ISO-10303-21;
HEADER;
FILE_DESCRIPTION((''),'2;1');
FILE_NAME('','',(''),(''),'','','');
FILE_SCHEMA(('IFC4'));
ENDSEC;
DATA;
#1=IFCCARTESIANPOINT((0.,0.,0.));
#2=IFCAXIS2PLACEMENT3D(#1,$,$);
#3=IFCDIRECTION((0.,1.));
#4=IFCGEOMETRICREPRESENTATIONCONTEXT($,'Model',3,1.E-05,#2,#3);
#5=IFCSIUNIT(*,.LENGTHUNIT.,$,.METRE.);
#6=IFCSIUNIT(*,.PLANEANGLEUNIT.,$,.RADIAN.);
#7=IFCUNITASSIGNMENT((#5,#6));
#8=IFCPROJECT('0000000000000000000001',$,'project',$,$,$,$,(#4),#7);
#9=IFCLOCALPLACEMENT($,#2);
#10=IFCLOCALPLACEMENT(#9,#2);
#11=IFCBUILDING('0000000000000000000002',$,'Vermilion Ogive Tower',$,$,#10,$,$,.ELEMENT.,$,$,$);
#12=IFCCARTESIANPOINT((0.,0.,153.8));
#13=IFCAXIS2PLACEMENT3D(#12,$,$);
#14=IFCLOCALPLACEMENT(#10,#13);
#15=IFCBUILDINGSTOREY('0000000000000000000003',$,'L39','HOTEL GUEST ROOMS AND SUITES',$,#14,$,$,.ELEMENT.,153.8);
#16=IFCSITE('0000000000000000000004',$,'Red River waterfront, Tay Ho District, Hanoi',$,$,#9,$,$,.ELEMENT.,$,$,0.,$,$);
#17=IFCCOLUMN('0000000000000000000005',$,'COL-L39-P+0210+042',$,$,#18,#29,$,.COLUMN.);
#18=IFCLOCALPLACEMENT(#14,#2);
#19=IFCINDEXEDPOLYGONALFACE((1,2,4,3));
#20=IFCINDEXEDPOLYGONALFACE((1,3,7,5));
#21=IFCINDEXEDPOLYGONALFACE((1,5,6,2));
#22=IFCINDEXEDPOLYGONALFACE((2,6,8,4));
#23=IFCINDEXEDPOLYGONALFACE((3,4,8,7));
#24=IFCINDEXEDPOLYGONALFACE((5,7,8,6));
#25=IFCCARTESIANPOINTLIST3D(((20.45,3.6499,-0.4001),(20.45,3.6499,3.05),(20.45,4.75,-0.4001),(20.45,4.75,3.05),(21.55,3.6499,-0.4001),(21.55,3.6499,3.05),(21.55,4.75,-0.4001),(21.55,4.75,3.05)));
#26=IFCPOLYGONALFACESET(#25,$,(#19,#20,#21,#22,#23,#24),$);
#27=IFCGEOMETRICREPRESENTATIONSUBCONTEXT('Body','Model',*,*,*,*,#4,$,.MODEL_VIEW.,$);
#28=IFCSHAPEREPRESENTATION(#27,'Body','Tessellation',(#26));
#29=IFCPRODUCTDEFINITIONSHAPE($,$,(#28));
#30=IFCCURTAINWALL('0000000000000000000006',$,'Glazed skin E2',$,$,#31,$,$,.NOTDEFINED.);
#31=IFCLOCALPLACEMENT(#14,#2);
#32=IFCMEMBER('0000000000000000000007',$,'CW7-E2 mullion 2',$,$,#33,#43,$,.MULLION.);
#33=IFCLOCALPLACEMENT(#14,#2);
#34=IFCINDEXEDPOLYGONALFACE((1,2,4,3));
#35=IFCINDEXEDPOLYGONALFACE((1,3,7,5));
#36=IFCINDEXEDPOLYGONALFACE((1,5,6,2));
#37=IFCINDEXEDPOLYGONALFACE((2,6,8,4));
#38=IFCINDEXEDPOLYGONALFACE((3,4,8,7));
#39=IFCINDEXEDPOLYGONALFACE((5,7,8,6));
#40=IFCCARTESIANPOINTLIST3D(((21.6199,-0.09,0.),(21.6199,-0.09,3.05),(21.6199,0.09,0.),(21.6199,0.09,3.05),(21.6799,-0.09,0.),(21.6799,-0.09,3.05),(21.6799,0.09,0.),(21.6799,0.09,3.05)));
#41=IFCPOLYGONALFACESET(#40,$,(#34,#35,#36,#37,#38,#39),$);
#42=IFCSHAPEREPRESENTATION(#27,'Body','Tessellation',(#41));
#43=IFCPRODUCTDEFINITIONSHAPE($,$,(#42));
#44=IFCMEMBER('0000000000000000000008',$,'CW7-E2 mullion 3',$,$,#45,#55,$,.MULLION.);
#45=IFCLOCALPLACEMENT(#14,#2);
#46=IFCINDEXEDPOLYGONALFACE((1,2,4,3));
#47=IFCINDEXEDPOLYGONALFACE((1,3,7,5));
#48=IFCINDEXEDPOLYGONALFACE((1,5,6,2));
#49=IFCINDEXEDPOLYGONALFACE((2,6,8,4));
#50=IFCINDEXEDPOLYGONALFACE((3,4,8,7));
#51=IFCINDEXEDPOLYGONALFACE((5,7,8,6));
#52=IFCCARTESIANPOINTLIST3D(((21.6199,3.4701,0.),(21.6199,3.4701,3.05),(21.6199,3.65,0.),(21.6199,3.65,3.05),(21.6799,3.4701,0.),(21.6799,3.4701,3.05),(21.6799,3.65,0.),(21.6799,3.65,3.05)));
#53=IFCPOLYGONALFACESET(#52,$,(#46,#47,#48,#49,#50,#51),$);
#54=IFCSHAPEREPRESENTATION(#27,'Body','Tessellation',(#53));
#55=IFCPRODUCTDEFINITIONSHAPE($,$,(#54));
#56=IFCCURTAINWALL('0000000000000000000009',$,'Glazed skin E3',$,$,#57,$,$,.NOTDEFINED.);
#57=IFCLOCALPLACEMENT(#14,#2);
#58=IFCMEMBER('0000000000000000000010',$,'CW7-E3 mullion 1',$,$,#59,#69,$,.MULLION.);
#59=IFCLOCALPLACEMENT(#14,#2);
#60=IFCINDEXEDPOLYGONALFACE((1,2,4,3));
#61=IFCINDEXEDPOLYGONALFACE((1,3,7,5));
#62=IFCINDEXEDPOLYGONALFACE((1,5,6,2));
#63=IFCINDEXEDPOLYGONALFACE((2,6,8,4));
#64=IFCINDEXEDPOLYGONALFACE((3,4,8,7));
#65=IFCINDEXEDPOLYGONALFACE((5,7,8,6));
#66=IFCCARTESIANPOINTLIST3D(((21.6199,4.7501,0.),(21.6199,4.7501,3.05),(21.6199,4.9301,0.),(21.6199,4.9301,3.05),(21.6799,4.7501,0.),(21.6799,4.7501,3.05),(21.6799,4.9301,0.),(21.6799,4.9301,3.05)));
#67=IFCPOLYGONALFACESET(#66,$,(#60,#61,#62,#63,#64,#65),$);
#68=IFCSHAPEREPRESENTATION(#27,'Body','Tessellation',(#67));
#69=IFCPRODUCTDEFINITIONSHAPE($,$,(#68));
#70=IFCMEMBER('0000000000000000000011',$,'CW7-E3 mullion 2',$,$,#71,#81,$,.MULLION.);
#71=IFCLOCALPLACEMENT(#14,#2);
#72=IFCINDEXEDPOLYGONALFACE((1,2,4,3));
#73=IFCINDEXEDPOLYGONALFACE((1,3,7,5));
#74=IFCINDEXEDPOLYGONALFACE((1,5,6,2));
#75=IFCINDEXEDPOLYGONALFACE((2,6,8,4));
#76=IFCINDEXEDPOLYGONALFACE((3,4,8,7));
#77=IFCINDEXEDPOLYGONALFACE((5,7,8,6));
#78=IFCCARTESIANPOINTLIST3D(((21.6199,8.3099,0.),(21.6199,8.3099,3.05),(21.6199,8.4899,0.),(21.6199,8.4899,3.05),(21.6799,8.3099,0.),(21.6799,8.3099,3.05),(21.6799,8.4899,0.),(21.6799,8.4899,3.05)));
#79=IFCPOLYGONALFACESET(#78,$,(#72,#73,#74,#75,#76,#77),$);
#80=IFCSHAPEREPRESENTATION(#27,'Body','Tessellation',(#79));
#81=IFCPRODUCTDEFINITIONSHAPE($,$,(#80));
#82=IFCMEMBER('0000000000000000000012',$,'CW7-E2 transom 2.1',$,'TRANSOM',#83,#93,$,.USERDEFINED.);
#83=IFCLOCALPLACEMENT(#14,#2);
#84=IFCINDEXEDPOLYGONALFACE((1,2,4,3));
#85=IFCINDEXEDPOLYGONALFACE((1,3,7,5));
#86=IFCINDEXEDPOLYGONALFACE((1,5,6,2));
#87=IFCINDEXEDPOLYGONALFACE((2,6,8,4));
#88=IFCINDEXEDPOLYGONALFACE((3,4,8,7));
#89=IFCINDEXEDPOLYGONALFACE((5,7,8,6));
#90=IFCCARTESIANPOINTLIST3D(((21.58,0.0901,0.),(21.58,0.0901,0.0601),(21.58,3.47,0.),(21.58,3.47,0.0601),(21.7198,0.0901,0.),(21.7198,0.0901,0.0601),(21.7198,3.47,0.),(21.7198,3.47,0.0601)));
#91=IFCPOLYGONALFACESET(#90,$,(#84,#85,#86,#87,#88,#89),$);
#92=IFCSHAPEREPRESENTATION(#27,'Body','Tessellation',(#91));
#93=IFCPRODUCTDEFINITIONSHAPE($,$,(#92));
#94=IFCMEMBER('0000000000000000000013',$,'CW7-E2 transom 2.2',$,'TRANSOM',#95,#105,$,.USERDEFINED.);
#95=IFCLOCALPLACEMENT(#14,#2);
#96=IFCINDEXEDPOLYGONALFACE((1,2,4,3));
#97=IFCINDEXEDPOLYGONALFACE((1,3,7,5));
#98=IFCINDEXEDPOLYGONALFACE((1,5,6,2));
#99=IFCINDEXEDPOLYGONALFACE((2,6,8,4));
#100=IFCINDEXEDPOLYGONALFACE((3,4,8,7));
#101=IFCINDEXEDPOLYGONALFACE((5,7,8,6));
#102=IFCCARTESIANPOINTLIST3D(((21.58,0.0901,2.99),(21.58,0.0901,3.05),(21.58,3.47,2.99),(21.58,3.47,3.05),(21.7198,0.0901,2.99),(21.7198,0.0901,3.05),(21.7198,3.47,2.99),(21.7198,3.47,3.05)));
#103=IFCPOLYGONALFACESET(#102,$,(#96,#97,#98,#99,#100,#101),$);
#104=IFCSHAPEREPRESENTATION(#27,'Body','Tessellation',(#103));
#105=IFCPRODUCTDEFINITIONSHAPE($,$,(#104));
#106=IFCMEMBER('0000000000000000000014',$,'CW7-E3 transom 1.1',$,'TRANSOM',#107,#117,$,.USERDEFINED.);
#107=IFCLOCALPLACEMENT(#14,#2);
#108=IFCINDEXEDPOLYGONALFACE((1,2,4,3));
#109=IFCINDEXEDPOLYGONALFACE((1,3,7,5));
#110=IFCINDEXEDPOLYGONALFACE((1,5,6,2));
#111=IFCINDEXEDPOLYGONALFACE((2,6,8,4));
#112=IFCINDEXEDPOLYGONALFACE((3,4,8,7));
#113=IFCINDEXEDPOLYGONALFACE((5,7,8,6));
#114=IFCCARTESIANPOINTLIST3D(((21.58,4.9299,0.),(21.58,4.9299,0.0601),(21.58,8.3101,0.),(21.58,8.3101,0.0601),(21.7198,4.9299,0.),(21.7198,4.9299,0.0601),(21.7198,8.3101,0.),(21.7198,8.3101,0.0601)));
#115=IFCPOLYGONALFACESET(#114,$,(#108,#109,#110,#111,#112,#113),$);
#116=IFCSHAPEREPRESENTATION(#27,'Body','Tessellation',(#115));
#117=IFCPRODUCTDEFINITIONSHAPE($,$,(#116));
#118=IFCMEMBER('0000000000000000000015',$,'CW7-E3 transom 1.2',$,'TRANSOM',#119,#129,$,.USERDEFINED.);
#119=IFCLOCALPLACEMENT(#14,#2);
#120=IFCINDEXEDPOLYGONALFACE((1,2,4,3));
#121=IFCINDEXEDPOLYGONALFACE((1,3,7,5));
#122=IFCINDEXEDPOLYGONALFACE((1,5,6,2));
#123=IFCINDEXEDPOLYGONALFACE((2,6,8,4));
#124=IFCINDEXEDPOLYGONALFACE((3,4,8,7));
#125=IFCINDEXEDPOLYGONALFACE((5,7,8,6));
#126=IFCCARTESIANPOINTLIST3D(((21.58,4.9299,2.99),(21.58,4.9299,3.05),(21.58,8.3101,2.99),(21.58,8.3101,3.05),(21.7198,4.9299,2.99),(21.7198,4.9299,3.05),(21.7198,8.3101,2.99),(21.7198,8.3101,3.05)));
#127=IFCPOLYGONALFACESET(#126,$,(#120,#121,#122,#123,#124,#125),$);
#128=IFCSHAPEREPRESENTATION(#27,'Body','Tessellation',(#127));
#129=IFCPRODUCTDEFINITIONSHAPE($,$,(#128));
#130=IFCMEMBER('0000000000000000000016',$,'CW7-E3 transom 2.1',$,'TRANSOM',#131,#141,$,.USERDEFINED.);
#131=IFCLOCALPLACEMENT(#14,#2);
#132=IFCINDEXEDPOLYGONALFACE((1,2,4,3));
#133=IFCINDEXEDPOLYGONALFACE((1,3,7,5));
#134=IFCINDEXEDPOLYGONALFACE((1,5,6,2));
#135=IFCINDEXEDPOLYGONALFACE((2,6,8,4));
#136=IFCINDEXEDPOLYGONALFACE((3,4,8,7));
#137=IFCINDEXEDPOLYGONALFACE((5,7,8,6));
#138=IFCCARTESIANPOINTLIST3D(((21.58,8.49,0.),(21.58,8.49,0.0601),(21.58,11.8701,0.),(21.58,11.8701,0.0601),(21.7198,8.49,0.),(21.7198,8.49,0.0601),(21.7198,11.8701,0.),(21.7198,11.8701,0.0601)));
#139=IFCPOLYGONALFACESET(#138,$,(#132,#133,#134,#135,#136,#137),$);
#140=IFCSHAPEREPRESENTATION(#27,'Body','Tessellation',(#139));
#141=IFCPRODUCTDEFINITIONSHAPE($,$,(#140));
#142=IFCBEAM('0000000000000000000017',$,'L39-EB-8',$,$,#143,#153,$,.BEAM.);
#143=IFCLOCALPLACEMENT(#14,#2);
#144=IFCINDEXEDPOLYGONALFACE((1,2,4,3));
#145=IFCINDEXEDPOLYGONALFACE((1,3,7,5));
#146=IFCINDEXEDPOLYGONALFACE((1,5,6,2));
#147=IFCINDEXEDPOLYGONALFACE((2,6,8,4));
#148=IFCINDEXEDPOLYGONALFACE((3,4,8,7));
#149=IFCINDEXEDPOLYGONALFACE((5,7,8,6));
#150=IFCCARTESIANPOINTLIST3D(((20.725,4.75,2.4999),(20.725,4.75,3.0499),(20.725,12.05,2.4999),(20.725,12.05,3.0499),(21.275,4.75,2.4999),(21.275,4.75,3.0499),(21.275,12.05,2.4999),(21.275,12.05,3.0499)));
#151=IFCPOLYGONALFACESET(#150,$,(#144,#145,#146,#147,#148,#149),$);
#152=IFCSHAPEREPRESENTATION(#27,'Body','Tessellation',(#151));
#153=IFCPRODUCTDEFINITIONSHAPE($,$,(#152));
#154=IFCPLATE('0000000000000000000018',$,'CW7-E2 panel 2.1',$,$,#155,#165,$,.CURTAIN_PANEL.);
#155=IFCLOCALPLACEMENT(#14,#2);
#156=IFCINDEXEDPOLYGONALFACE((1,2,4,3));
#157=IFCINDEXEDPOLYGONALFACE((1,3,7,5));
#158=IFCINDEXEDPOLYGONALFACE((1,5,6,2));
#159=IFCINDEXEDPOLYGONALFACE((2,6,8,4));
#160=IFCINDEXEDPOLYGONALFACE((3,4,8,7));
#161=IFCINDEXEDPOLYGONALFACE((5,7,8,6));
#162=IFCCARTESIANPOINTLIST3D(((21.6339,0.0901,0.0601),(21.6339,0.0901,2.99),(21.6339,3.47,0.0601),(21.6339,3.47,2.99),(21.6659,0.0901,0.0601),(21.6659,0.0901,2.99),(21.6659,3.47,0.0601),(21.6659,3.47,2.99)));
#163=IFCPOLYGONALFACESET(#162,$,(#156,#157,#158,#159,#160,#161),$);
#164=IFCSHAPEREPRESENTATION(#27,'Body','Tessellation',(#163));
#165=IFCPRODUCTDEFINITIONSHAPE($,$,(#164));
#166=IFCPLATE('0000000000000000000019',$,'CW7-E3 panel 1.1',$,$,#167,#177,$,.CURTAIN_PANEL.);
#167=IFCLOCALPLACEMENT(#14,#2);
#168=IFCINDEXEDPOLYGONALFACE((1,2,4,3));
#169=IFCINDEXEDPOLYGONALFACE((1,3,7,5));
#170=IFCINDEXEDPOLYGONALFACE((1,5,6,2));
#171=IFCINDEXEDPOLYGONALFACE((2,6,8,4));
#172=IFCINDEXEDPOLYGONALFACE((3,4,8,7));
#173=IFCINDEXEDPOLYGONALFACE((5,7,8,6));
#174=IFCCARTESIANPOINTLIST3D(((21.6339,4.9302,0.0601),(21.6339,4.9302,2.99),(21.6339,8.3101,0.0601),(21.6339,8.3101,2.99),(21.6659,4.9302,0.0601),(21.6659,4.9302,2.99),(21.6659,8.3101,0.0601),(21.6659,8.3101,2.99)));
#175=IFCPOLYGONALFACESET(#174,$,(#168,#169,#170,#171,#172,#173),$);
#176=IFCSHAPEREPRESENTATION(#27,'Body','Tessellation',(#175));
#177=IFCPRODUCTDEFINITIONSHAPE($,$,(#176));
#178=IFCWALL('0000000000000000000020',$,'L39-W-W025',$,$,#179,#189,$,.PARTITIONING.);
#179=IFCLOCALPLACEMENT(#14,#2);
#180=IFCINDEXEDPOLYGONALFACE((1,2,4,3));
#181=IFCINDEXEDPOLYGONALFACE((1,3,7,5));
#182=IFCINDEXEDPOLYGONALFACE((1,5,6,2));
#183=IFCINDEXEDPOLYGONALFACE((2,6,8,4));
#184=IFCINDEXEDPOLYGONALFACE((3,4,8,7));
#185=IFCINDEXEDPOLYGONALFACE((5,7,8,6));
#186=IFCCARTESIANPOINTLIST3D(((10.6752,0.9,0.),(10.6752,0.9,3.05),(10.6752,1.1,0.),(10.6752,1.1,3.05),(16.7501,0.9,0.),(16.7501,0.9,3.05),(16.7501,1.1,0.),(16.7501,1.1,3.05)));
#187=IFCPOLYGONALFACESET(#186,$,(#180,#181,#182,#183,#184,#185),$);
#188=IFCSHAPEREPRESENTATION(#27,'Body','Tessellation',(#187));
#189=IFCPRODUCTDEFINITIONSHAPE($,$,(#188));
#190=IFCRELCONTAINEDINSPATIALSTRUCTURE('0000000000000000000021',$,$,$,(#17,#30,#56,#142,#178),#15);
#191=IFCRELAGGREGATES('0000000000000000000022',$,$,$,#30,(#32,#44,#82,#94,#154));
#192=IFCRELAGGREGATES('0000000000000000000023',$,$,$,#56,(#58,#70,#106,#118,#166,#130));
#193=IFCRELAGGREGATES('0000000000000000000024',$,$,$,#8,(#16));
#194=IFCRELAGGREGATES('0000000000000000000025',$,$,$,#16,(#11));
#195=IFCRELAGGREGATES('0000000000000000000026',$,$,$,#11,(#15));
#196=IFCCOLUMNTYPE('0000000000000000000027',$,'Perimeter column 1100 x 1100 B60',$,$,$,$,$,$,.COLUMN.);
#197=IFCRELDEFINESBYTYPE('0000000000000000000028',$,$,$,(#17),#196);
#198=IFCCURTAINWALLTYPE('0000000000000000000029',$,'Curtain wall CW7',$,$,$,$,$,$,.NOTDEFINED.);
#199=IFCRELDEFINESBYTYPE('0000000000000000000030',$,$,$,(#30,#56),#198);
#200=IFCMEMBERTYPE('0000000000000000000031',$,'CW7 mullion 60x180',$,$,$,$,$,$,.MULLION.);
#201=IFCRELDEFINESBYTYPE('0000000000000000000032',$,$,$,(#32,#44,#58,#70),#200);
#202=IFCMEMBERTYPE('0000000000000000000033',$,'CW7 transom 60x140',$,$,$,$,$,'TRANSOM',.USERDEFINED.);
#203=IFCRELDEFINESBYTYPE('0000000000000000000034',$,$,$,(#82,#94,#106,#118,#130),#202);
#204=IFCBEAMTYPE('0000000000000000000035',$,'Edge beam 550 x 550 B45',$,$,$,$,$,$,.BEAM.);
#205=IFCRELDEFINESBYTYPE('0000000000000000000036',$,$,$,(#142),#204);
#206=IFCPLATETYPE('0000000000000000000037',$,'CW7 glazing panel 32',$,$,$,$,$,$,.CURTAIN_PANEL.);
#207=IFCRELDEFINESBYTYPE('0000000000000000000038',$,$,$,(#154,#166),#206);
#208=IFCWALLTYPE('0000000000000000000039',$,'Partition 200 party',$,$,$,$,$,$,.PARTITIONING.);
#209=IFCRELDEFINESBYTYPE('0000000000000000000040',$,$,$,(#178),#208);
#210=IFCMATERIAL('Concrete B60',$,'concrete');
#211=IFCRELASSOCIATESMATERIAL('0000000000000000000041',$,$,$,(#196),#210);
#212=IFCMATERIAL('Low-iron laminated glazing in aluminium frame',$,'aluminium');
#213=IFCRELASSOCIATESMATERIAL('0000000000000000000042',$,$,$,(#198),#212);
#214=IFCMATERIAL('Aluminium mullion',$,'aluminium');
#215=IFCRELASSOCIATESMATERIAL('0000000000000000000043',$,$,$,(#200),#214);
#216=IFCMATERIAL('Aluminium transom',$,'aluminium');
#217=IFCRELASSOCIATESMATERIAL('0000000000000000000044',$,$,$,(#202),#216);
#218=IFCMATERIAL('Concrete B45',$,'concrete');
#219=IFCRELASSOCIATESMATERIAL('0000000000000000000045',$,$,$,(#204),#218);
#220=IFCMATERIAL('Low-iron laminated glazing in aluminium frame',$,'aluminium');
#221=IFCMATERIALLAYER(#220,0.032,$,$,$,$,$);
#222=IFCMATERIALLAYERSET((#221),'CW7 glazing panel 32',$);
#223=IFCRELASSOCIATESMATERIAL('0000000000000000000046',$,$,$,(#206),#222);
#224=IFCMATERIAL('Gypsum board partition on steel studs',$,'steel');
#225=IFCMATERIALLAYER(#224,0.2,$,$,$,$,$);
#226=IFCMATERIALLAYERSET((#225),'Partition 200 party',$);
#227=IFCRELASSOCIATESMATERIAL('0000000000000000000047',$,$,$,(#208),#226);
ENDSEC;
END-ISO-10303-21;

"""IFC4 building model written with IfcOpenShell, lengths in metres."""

from ifc_helpers import new_model, si_unit, direction, frame, frame_2d, origin, origin_2d, place, context, subcontext, project, spatial, rectangle, extrude, material, layer, layer_set, material_profile, profile_set, type_object, element, aggregate, save


model = new_model("IFC4")

# Units and contexts
model_context = context("Model", 3, precision=1e-05, world=origin(), true_north=direction((0.0, 1.0)))
body_context = subcontext(model_context, "Body", "Model", "MODEL_VIEW")
ifc_project = project(units=[si_unit("LENGTHUNIT", "METRE"), si_unit("PLANEANGLEUNIT", "RADIAN")], contexts=[model_context])

# Site, building, storey
site_placement = place(None, origin())
site = spatial("IfcSite", under=ifc_project, at=site_placement, Name="Red River waterfront, Tay Ho District, Hanoi", CompositionType="ELEMENT", RefElevation=0.0)
building_placement = place(site_placement, origin())
building = spatial("IfcBuilding", under=site, at=building_placement, Name="Vermilion Ogive Tower", CompositionType="ELEMENT")
storey_placement = place(building_placement, frame((0.0, 0.0, 153.8)))
storey = spatial("IfcBuildingStorey", under=building, at=storey_placement, Name="L39", Description="HOTEL GUEST ROOMS AND SUITES", CompositionType="ELEMENT", Elevation=153.8)

# Column
ifc_material_1 = material(Name="Concrete B60", Category="concrete")
ifc_material_profile_1 = material_profile(ifc_material_1, rectangle(XDim=1.1001, YDim=1.1001, at=origin_2d()), Name="1100 x 1100")
ifc_profile_set_1 = profile_set([ifc_material_profile_1], Name="Concrete B60")
column_type = type_object("IfcColumnType", Name="Perimeter column 1100 x 1100 B60", PredefinedType="COLUMN", material=ifc_profile_set_1)
column_placement = place(storey_placement, frame((21.0, 4.2, -0.4001), z_axis=(0.0, 0.0, 1.0), x_axis=(1.0, 0.0, 0.0)))
element("IfcColumn", 1, at=column_placement, inside=storey, type_object=column_type, Name="COL-L39-P+0210+042", PredefinedType="COLUMN", context=body_context, shape_type="SweptSolid", body=[
    extrude(rectangle(XDim=1.1001, YDim=1.1001, at=origin_2d()), origin(), (0.0, 0.0, 1.0), 3.4502),
])

# Curtain walls, members
ifc_material_2 = material(Name="Low-iron laminated glazing in aluminium frame", Category="aluminium")
curtain_wall_type = type_object("IfcCurtainWallType", Name="Curtain wall CW7", PredefinedType="NOTDEFINED", material=ifc_material_2)
curtain_wall_1_placement = place(storey_placement, origin())
curtain_wall_1 = element("IfcCurtainWall", 2, at=curtain_wall_1_placement, inside=storey, type_object=curtain_wall_type, Name="Glazed skin E2", PredefinedType="NOTDEFINED")
ifc_material_3 = material(Name="Aluminium mullion", Category="aluminium")
ifc_material_profile_2 = material_profile(ifc_material_3, rectangle(XDim=0.0601, YDim=0.1799, at=origin_2d()), Name="AL 60x180")
ifc_profile_set_2 = profile_set([ifc_material_profile_2], Name="Aluminium mullion")
member_type_1 = type_object("IfcMemberType", Name="CW7 mullion 60x180", PredefinedType="MULLION", material=ifc_profile_set_2)
member_1_placement = place(storey_placement, frame((21.6499, 0.0, 0.0), z_axis=(0.0, 0.0, 1.0), x_axis=(-1.0, 0.0, 0.0)))
member_1 = element("IfcMember", 3, at=member_1_placement, type_object=member_type_1, Name="CW7-E2 mullion 2", PredefinedType="MULLION", context=body_context, shape_type="SweptSolid", body=[
    extrude(rectangle(XDim=0.0601, YDim=0.1799, at=origin_2d()), origin(), (0.0, 0.0, 1.0), 3.05),
])
member_2_placement = place(storey_placement, frame((21.6499, 3.5601, 0.0), z_axis=(0.0, 0.0, 1.0), x_axis=(-1.0, 0.0, 0.0)))
member_2 = element("IfcMember", 4, at=member_2_placement, type_object=member_type_1, Name="CW7-E2 mullion 3", PredefinedType="MULLION", context=body_context, shape_type="SweptSolid", body=[
    extrude(rectangle(XDim=0.0601, YDim=0.1799, at=origin_2d()), origin(), (0.0, 0.0, 1.0), 3.05),
])
curtain_wall_2_placement = place(storey_placement, origin())
curtain_wall_2 = element("IfcCurtainWall", 5, at=curtain_wall_2_placement, inside=storey, type_object=curtain_wall_type, Name="Glazed skin E3", PredefinedType="NOTDEFINED")
member_3_placement = place(storey_placement, frame((21.6499, 4.8401, 0.0), z_axis=(0.0, 0.0, 1.0), x_axis=(-1.0, 0.0, 0.0)))
member_3 = element("IfcMember", 6, at=member_3_placement, type_object=member_type_1, Name="CW7-E3 mullion 1", PredefinedType="MULLION", context=body_context, shape_type="SweptSolid", body=[
    extrude(rectangle(XDim=0.0601, YDim=0.1799, at=origin_2d()), origin(), (0.0, 0.0, 1.0), 3.05),
])
member_4_placement = place(storey_placement, frame((21.6499, 8.3999, 0.0), z_axis=(0.0, 0.0, 1.0), x_axis=(-1.0, 0.0, 0.0)))
member_4 = element("IfcMember", 7, at=member_4_placement, type_object=member_type_1, Name="CW7-E3 mullion 2", PredefinedType="MULLION", context=body_context, shape_type="SweptSolid", body=[
    extrude(rectangle(XDim=0.0601, YDim=0.1799, at=origin_2d()), origin(), (0.0, 0.0, 1.0), 3.05),
])

# Members
ifc_material_4 = material(Name="Aluminium transom", Category="aluminium")
ifc_material_profile_3 = material_profile(ifc_material_4, rectangle(XDim=0.1399, YDim=0.0601, at=origin_2d()), Name="AL 60x140")
ifc_profile_set_3 = profile_set([ifc_material_profile_3], Name="Aluminium transom")
member_type_2 = type_object("IfcMemberType", Name="CW7 transom 60x140", ElementType="TRANSOM", PredefinedType="USERDEFINED", material=ifc_profile_set_3)
member_5_placement = place(storey_placement, frame((21.6499, 0.0901, 0.03), z_axis=(0.0, 1.0, 0.0), x_axis=(-1.0, 0.0, 0.0)))
member_5 = element("IfcMember", 8, at=member_5_placement, type_object=member_type_2, Name="CW7-E2 transom 2.1", ObjectType="TRANSOM", PredefinedType="USERDEFINED", context=body_context, shape_type="SweptSolid", body=[
    extrude(rectangle(XDim=0.1399, YDim=0.0601, at=origin_2d()), origin(), (0.0, 0.0, 1.0), 3.3799),
])
member_6_placement = place(storey_placement, frame((21.6499, 0.0901, 3.02), z_axis=(0.0, 1.0, 0.0), x_axis=(-1.0, 0.0, 0.0)))
member_6 = element("IfcMember", 9, at=member_6_placement, type_object=member_type_2, Name="CW7-E2 transom 2.2", ObjectType="TRANSOM", PredefinedType="USERDEFINED", context=body_context, shape_type="SweptSolid", body=[
    extrude(rectangle(XDim=0.1399, YDim=0.0601, at=origin_2d()), origin(), (0.0, 0.0, 1.0), 3.3799),
])
member_7_placement = place(storey_placement, frame((21.6499, 4.9299, 0.03), z_axis=(0.0, 1.0, 0.0), x_axis=(-1.0, 0.0, 0.0)))
member_7 = element("IfcMember", 10, at=member_7_placement, type_object=member_type_2, Name="CW7-E3 transom 1.1", ObjectType="TRANSOM", PredefinedType="USERDEFINED", context=body_context, shape_type="SweptSolid", body=[
    extrude(rectangle(XDim=0.1399, YDim=0.0601, at=origin_2d()), origin(), (0.0, 0.0, 1.0), 3.3801),
])
member_8_placement = place(storey_placement, frame((21.6499, 4.9299, 3.02), z_axis=(0.0, 1.0, 0.0), x_axis=(-1.0, 0.0, 0.0)))
member_8 = element("IfcMember", 11, at=member_8_placement, type_object=member_type_2, Name="CW7-E3 transom 1.2", ObjectType="TRANSOM", PredefinedType="USERDEFINED", context=body_context, shape_type="SweptSolid", body=[
    extrude(rectangle(XDim=0.1399, YDim=0.0601, at=origin_2d()), origin(), (0.0, 0.0, 1.0), 3.3801),
])
member_9_placement = place(storey_placement, frame((21.6499, 8.49, 0.03), z_axis=(0.0, 1.0, 0.0), x_axis=(-1.0, 0.0, 0.0)))
member_9 = element("IfcMember", 12, at=member_9_placement, type_object=member_type_2, Name="CW7-E3 transom 2.1", ObjectType="TRANSOM", PredefinedType="USERDEFINED", context=body_context, shape_type="SweptSolid", body=[
    extrude(rectangle(XDim=0.1399, YDim=0.0601, at=origin_2d()), origin(), (0.0, 0.0, 1.0), 3.3801),
])

# Beam
ifc_material_5 = material(Name="Concrete B45", Category="concrete")
ifc_material_profile_4 = material_profile(ifc_material_5, rectangle(XDim=0.55, YDim=0.55, at=origin_2d()), Name="550 x 550")
ifc_profile_set_4 = profile_set([ifc_material_profile_4], Name="Concrete B45")
beam_type = type_object("IfcBeamType", Name="Edge beam 550 x 550 B45", PredefinedType="BEAM", material=ifc_profile_set_4)
beam_placement = place(storey_placement, frame((21.0, 4.75, 2.7749), z_axis=(0.0, 1.0, 0.0), x_axis=(-1.0, 0.0, 0.0)))
element("IfcBeam", 13, at=beam_placement, inside=storey, type_object=beam_type, Name="L39-EB-8", PredefinedType="BEAM", context=body_context, shape_type="SweptSolid", body=[
    extrude(rectangle(XDim=0.55, YDim=0.55, at=origin_2d()), origin(), (0.0, 0.0, 1.0), 7.3),
])

# Plates
ifc_material_6 = material(Name="Low-iron laminated glazing in aluminium frame", Category="aluminium")
ifc_layer_1 = layer(ifc_material_6, 0.032)
ifc_layer_set_1 = layer_set([ifc_layer_1], Name="CW7 glazing panel 32")
plate_type = type_object("IfcPlateType", Name="CW7 glazing panel 32", PredefinedType="CURTAIN_PANEL", material=ifc_layer_set_1)
plate_1_placement = place(storey_placement, frame((21.6499, 1.78, 0.0601), z_axis=(0.0, 0.0, 1.0), x_axis=(0.0, 1.0, 0.0)))
plate_1 = element("IfcPlate", 14, at=plate_1_placement, type_object=plate_type, Name="CW7-E2 panel 2.1", PredefinedType="CURTAIN_PANEL", context=body_context, shape_type="SweptSolid", body=[
    extrude(rectangle(XDim=3.3799, YDim=0.032, at=origin_2d()), origin(), (0.0, 0.0, 1.0), 2.9299),
])
aggregate(curtain_wall_1, [member_1, member_2, member_5, member_6, plate_1])
plate_2_placement = place(storey_placement, frame((21.6499, 6.6201, 0.0601), z_axis=(0.0, 0.0, 1.0), x_axis=(0.0, 1.0, 0.0)))
plate_2 = element("IfcPlate", 15, at=plate_2_placement, type_object=plate_type, Name="CW7-E3 panel 1.1", PredefinedType="CURTAIN_PANEL", context=body_context, shape_type="SweptSolid", body=[
    extrude(rectangle(XDim=3.3799, YDim=0.032, at=origin_2d()), origin(), (0.0, 0.0, 1.0), 2.9299),
])
aggregate(curtain_wall_2, [member_3, member_4, member_7, member_8, plate_2, member_9])

# Wall
ifc_material_7 = material(Name="Gypsum board partition on steel studs", Category="steel")
ifc_layer_2 = layer(ifc_material_7, 0.2)
ifc_layer_set_2 = layer_set([ifc_layer_2], Name="Partition 200 party")
wall_type_1 = type_object("IfcWallType", Name="Partition 200 party", PredefinedType="PARTITIONING", material=ifc_layer_set_2)
wall_1_placement = place(storey_placement, frame((10.675, 1.0, 0.0), z_axis=(0.0, 0.0, 1.0), x_axis=(1.0, 0.0, 0.0)))
element("IfcWall", 16, at=wall_1_placement, inside=storey, type_object=wall_type_1, Name="L39-W-W025", PredefinedType="PARTITIONING", context=body_context, shape_type="SweptSolid", body=[
    extrude(rectangle(XDim=6.075, YDim=0.2, at=frame_2d((3.0376, 0.0))), origin(), (0.0, 0.0, 1.0), 3.05),
])

save(model, "model.ifc")
